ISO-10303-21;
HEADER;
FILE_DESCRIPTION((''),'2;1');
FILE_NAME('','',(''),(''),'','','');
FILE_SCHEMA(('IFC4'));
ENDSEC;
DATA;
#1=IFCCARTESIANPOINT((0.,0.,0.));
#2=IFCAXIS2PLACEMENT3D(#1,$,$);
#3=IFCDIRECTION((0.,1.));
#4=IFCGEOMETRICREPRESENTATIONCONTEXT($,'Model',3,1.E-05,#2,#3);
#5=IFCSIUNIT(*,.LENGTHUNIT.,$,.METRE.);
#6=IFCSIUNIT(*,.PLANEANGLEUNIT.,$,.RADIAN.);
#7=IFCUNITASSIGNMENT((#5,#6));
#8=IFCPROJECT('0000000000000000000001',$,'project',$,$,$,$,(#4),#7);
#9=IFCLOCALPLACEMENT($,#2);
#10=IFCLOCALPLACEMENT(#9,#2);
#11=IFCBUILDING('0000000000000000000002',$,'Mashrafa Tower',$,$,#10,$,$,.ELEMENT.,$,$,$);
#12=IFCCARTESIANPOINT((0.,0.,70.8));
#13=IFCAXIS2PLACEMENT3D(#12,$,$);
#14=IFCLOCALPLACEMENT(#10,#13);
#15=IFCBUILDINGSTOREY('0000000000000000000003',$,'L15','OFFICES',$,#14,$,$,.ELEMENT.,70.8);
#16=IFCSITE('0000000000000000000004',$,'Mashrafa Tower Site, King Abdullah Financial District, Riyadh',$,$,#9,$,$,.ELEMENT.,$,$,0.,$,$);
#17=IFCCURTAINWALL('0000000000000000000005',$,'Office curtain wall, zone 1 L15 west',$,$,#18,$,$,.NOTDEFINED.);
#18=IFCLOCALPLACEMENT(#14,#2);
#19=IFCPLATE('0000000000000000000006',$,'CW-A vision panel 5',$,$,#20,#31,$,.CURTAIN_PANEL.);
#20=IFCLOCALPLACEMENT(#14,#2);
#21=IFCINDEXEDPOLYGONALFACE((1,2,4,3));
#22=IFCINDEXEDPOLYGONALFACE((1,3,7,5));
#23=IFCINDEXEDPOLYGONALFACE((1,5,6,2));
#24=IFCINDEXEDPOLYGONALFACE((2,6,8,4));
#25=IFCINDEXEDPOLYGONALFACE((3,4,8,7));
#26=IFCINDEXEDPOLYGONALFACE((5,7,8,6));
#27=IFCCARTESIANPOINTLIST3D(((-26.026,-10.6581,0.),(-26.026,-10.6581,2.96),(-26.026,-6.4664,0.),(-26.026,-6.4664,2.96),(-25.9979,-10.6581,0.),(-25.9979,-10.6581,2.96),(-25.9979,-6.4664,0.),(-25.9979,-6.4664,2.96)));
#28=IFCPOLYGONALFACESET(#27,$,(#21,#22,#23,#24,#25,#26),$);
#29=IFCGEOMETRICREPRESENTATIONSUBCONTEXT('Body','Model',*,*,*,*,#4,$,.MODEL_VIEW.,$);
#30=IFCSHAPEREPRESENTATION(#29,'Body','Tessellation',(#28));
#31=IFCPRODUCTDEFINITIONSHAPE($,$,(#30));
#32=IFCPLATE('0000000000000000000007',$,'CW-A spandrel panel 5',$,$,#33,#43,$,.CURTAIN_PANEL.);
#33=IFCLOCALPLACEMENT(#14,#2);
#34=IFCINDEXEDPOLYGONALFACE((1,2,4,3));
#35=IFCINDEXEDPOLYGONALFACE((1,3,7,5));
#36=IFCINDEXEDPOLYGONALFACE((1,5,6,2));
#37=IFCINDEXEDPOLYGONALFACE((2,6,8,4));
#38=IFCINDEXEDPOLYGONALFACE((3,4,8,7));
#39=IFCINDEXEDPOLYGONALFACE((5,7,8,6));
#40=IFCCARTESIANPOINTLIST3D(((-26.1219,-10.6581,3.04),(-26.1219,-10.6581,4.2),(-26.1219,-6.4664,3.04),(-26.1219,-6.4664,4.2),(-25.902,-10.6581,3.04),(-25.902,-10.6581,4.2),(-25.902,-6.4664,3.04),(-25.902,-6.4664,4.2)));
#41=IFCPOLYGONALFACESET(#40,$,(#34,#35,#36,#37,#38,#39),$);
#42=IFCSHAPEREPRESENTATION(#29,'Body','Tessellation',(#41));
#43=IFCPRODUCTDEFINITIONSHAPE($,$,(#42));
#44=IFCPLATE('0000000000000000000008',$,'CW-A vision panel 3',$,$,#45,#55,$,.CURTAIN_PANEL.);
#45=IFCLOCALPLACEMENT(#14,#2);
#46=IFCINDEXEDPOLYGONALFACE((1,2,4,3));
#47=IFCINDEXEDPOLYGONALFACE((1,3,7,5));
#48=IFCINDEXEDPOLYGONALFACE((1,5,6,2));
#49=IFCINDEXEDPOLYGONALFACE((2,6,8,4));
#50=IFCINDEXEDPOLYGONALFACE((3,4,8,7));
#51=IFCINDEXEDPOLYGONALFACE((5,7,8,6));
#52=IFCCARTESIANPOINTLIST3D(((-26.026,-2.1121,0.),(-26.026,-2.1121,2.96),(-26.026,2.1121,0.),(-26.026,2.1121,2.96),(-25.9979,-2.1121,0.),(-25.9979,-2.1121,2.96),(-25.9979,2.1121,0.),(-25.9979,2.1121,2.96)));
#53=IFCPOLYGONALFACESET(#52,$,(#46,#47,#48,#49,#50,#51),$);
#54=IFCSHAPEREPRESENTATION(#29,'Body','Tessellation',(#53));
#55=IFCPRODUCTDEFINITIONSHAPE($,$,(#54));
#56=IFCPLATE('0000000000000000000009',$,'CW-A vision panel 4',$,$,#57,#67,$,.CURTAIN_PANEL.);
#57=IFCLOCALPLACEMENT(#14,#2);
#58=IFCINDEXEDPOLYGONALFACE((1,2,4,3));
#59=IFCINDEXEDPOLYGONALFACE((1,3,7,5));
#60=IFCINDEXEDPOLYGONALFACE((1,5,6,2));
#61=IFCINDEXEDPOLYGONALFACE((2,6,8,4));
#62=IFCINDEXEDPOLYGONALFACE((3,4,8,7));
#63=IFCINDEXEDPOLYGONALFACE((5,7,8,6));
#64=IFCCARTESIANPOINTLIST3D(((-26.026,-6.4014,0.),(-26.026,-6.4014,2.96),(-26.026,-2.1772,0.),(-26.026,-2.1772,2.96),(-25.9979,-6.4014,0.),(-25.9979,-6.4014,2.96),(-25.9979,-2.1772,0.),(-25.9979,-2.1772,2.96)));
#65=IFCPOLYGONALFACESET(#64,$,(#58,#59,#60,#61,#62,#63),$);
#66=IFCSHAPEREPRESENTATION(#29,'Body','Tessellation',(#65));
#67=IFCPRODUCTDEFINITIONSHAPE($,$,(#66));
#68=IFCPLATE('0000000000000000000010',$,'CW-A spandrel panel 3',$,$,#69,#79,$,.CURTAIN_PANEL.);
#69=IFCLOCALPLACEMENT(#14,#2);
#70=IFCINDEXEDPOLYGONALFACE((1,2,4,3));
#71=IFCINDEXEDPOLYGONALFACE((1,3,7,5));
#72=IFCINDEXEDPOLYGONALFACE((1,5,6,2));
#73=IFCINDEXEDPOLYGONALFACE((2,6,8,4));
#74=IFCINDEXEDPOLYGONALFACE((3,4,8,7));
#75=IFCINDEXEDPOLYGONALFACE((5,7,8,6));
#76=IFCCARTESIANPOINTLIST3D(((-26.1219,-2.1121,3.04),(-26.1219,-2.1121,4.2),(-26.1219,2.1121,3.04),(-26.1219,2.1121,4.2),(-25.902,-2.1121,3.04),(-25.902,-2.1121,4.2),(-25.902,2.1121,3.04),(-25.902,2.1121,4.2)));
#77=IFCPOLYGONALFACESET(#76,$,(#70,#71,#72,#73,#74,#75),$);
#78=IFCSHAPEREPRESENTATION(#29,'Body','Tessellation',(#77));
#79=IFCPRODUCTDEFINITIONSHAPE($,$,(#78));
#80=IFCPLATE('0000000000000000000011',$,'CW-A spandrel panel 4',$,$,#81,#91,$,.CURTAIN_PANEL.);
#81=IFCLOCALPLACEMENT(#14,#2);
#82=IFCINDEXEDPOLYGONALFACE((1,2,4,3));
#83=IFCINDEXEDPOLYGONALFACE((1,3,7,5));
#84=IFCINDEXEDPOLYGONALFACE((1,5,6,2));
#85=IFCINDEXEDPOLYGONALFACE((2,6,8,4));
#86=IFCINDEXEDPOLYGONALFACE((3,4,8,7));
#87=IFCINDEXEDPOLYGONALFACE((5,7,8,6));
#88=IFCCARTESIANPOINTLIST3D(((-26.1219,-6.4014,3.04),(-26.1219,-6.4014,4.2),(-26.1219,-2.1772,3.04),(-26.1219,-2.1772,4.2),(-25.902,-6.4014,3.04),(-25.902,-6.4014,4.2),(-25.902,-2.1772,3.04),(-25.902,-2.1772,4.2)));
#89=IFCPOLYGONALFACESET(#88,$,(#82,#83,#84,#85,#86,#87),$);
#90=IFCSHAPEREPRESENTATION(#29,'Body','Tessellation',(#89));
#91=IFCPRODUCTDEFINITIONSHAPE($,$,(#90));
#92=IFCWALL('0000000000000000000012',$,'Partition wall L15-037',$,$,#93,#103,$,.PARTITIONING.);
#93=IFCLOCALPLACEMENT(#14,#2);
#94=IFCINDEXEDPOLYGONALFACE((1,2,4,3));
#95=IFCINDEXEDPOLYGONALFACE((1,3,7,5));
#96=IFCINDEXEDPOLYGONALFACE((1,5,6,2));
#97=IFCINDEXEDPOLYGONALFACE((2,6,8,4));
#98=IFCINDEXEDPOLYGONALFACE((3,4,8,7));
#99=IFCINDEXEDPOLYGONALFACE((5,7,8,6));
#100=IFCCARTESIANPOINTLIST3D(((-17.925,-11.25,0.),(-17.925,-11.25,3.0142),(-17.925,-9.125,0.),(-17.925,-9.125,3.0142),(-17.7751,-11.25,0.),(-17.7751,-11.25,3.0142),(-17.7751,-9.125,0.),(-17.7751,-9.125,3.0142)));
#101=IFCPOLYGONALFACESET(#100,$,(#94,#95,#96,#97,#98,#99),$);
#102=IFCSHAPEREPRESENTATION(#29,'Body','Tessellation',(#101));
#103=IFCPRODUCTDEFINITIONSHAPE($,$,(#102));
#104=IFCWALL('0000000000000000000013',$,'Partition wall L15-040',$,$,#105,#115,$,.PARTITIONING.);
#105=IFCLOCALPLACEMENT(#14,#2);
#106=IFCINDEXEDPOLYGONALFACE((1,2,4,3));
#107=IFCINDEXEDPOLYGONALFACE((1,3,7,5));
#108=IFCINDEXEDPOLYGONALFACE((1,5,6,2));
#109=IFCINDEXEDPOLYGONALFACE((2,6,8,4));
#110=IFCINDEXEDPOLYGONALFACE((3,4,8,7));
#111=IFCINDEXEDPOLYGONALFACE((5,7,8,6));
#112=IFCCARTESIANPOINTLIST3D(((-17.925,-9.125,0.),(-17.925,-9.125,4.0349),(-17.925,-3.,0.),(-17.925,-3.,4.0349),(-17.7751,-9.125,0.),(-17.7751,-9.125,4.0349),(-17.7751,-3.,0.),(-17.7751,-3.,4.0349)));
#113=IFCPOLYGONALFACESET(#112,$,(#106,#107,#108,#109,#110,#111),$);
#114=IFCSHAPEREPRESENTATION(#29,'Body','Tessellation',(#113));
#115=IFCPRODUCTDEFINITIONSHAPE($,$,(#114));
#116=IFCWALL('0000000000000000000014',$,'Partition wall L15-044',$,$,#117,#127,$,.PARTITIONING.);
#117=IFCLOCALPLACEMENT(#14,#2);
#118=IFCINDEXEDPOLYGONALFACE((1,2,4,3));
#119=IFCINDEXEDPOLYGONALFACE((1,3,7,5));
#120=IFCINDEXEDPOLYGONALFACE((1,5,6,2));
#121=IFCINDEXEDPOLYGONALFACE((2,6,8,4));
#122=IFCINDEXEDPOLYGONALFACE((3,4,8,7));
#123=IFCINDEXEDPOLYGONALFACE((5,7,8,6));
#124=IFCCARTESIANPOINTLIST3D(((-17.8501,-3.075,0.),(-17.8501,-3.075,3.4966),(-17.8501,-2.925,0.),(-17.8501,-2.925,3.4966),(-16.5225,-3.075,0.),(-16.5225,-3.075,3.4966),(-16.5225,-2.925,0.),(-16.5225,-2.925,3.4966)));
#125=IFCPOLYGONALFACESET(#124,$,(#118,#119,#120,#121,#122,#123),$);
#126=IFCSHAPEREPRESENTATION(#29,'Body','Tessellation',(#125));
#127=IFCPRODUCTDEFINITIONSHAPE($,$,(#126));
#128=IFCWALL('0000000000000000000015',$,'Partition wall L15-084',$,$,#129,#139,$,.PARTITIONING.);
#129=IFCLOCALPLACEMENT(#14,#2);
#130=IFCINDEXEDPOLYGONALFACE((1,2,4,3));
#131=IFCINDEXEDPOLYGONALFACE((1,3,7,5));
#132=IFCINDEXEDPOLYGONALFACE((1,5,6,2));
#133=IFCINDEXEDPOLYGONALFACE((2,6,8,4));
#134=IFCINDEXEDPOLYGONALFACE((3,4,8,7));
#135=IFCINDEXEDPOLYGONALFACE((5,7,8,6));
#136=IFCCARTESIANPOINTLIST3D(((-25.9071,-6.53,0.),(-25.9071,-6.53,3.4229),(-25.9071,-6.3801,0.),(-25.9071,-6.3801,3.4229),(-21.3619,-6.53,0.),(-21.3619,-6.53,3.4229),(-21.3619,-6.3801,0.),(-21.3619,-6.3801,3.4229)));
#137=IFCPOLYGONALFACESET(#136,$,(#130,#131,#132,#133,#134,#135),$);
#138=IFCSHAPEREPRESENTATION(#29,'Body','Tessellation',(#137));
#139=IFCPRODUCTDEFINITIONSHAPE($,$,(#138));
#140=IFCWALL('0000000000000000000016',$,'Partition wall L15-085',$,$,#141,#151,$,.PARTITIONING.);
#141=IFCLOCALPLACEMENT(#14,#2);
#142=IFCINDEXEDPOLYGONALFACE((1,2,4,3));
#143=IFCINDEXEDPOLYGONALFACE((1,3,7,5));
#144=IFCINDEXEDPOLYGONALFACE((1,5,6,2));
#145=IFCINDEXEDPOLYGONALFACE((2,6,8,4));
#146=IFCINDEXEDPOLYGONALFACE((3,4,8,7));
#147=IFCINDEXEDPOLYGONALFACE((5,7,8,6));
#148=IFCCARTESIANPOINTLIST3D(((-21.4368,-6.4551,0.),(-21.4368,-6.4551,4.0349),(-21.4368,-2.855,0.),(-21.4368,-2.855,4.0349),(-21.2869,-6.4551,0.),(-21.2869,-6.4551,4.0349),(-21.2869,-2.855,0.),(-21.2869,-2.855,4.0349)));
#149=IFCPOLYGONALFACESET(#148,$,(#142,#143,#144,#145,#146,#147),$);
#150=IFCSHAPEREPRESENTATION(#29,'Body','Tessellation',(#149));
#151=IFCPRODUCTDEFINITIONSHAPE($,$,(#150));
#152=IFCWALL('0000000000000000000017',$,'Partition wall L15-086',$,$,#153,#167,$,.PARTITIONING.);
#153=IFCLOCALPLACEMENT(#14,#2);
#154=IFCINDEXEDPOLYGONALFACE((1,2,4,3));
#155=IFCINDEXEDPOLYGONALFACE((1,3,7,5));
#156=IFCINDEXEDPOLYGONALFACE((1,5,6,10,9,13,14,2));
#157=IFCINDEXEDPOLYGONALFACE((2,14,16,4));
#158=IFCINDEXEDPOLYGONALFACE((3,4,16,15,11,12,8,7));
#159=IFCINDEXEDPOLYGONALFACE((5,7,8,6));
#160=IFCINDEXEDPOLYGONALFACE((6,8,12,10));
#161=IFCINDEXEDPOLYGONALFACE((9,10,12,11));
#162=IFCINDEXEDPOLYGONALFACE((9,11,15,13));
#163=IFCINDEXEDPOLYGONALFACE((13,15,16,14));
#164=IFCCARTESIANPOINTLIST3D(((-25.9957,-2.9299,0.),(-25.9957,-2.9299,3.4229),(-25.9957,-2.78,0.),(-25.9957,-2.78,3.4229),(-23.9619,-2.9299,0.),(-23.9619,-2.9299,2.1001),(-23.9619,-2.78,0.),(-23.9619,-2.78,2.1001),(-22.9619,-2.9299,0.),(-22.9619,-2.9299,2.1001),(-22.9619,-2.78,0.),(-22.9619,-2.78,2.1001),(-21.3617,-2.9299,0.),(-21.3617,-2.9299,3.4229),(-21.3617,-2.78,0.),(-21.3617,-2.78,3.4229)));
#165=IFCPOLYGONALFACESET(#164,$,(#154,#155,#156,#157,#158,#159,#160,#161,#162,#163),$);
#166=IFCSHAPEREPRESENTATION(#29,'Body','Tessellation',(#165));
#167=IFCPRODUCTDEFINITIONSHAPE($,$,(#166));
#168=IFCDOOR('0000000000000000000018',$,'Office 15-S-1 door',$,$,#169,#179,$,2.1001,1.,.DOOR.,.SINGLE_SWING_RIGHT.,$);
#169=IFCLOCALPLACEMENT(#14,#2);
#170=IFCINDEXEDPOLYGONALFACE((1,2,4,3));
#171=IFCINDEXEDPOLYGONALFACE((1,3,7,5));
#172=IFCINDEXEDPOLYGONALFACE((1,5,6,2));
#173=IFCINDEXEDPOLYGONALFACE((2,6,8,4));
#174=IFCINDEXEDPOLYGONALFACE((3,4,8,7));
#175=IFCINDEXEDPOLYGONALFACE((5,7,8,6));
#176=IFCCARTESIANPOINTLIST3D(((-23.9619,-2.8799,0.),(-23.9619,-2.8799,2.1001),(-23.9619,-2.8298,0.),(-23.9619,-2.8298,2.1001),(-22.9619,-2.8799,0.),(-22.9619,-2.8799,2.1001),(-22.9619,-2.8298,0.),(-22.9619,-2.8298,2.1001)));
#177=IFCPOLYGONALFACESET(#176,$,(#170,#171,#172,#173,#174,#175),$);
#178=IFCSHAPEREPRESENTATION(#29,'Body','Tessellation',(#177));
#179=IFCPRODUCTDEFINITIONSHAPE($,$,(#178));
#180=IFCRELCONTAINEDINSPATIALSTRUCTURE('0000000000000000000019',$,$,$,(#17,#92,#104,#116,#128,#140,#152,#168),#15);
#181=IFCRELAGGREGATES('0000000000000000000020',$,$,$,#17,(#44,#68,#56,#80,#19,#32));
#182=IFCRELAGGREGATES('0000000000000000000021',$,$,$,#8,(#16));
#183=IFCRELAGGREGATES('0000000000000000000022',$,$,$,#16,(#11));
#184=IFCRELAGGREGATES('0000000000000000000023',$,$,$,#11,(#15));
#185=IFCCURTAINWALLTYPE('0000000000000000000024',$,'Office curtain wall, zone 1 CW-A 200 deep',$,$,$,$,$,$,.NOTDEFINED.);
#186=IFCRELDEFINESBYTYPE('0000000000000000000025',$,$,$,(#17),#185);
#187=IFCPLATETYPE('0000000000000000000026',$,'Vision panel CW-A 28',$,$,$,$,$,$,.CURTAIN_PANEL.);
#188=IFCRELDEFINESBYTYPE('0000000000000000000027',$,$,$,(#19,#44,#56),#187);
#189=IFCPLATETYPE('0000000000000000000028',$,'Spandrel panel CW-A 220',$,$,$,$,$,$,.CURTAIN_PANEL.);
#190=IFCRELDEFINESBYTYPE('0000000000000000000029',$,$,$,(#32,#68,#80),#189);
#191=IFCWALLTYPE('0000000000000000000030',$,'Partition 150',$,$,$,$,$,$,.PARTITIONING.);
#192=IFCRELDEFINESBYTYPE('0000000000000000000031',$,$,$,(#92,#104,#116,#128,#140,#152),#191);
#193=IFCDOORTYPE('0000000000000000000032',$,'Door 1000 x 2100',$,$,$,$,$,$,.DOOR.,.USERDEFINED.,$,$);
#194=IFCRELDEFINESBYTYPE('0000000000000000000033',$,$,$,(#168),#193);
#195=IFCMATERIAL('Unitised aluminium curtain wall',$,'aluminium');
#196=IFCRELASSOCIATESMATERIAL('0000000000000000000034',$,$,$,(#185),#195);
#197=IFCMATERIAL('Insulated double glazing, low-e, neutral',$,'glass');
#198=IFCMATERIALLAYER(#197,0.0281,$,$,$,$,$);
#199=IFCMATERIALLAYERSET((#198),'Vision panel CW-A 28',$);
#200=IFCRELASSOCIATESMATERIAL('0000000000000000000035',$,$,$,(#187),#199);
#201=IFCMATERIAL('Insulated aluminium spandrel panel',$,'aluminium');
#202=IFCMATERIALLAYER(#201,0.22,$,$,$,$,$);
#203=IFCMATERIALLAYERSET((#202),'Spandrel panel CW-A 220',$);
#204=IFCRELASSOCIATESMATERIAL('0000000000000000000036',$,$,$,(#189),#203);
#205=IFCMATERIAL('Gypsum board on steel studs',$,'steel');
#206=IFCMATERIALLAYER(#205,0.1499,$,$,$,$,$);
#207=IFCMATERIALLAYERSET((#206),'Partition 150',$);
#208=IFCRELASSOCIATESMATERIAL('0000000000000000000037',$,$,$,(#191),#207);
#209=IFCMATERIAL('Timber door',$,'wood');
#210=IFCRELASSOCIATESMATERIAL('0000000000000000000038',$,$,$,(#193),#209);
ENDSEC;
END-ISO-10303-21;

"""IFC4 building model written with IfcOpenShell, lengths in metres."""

from ifc_helpers import new_model, si_unit, direction, frame, frame_2d, origin, origin_2d, place, context, subcontext, project, spatial, rectangle, extrude, source, transform, mapped, material, layer, layer_set, type_object, type_shapes, element, fill, aggregate, save


model = new_model("IFC4")

# Units and contexts
model_context = context("Model", 3, precision=1e-05, world=origin(), true_north=direction((0.0, 1.0)))
body_context = subcontext(model_context, "Body", "Model", "MODEL_VIEW")
ifc_project = project(units=[si_unit("LENGTHUNIT", "METRE"), si_unit("PLANEANGLEUNIT", "RADIAN")], contexts=[model_context])

# Site, building, storey
site_placement = place(None, origin())
site = spatial("IfcSite", under=ifc_project, at=site_placement, Name="Mashrafa Tower Site, King Abdullah Financial District, Riyadh", CompositionType="ELEMENT", RefElevation=0.0)
building_placement = place(site_placement, origin())
building = spatial("IfcBuilding", under=site, at=building_placement, Name="Mashrafa Tower", CompositionType="ELEMENT")
storey_placement = place(building_placement, frame((0.0, 0.0, 70.8)))
storey = spatial("IfcBuildingStorey", under=building, at=storey_placement, Name="L15", Description="OFFICES", CompositionType="ELEMENT", Elevation=70.8)

# Curtain wall, plates
ifc_material_1 = material(Name="Unitised aluminium curtain wall", Category="aluminium")
curtain_wall_type = type_object("IfcCurtainWallType", Name="Office curtain wall, zone 1 CW-A 200 deep", PredefinedType="NOTDEFINED", material=ifc_material_1)
curtain_wall_placement = place(storey_placement, origin())
curtain_wall = element("IfcCurtainWall", 1, at=curtain_wall_placement, inside=storey, type_object=curtain_wall_type, Name="Office curtain wall, zone 1 L15 west", PredefinedType="NOTDEFINED")
ifc_material_2 = material(Name="Insulated double glazing, low-e, neutral", Category="glass")
ifc_layer_1 = layer(ifc_material_2, 0.0281)
ifc_layer_set_1 = layer_set([ifc_layer_1], Name="Vision panel CW-A 28")
plate_type_1 = type_object("IfcPlateType", Name="Vision panel CW-A 28", PredefinedType="CURTAIN_PANEL", material=ifc_layer_set_1)
shared_shape_1 = source(origin(), body_context, "Body", "SweptSolid", [
    extrude(rectangle(XDim=4.1917, YDim=0.0281, at=origin_2d()), origin(), (0.0, 0.0, 1.0), 2.96),
])
plate_1_placement = place(storey_placement, frame((-26.012, -8.5623, 0.0), z_axis=(0.0, 0.0, 1.0), x_axis=(0.0, -1.0, 0.0)))
plate_1 = element("IfcPlate", 2, at=plate_1_placement, type_object=plate_type_1, Name="CW-A vision panel 5", PredefinedType="CURTAIN_PANEL", context=body_context, shape_type="MappedRepresentation", body=[
    mapped(shared_shape_1, transform((0.0, 0.0, 0.0))),
])
ifc_material_3 = material(Name="Insulated aluminium spandrel panel", Category="aluminium")
ifc_layer_2 = layer(ifc_material_3, 0.22)
ifc_layer_set_2 = layer_set([ifc_layer_2], Name="Spandrel panel CW-A 220")
plate_type_2 = type_object("IfcPlateType", Name="Spandrel panel CW-A 220", PredefinedType="CURTAIN_PANEL", material=ifc_layer_set_2)
shared_shape_2 = source(origin(), body_context, "Body", "SweptSolid", [
    extrude(rectangle(XDim=4.1917, YDim=0.22, at=origin_2d()), origin(), (0.0, 0.0, 1.0), 1.1599),
])
plate_2_placement = place(storey_placement, frame((-26.012, -8.5623, 3.04), z_axis=(0.0, 0.0, 1.0), x_axis=(0.0, -1.0, 0.0)))
plate_2 = element("IfcPlate", 3, at=plate_2_placement, type_object=plate_type_2, Name="CW-A spandrel panel 5", PredefinedType="CURTAIN_PANEL", context=body_context, shape_type="MappedRepresentation", body=[
    mapped(shared_shape_2, transform((0.0, 0.0, 0.0))),
])
shared_shape_3 = source(origin(), body_context, "Body", "SweptSolid", [
    extrude(rectangle(XDim=4.2241, YDim=0.0281, at=origin_2d()), origin(), (0.0, 0.0, 1.0), 2.96),
])
type_shapes(plate_type_1, [shared_shape_1, shared_shape_3])
plate_3_placement = place(storey_placement, frame((-26.012, 0.0, 0.0), z_axis=(0.0, 0.0, 1.0), x_axis=(0.0, -1.0, 0.0)))
plate_3 = element("IfcPlate", 4, at=plate_3_placement, type_object=plate_type_1, Name="CW-A vision panel 3", PredefinedType="CURTAIN_PANEL", context=body_context, shape_type="MappedRepresentation", body=[
    mapped(shared_shape_3, transform((0.0, 0.0, 0.0))),
])
plate_4_placement = place(storey_placement, frame((-26.012, -4.2893, 0.0), z_axis=(0.0, 0.0, 1.0), x_axis=(0.0, -1.0, 0.0)))
plate_4 = element("IfcPlate", 5, at=plate_4_placement, type_object=plate_type_1, Name="CW-A vision panel 4", PredefinedType="CURTAIN_PANEL", context=body_context, shape_type="MappedRepresentation", body=[
    mapped(shared_shape_3, transform((0.0, 0.0, 0.0))),
])
shared_shape_4 = source(origin(), body_context, "Body", "SweptSolid", [
    extrude(rectangle(XDim=4.2241, YDim=0.22, at=origin_2d()), origin(), (0.0, 0.0, 1.0), 1.1599),
])
type_shapes(plate_type_2, [shared_shape_2, shared_shape_4])
plate_5_placement = place(storey_placement, frame((-26.012, 0.0, 3.04), z_axis=(0.0, 0.0, 1.0), x_axis=(0.0, -1.0, 0.0)))
plate_5 = element("IfcPlate", 6, at=plate_5_placement, type_object=plate_type_2, Name="CW-A spandrel panel 3", PredefinedType="CURTAIN_PANEL", context=body_context, shape_type="MappedRepresentation", body=[
    mapped(shared_shape_4, transform((0.0, 0.0, 0.0))),
])
plate_6_placement = place(storey_placement, frame((-26.012, -4.2893, 3.04), z_axis=(0.0, 0.0, 1.0), x_axis=(0.0, -1.0, 0.0)))
plate_6 = element("IfcPlate", 7, at=plate_6_placement, type_object=plate_type_2, Name="CW-A spandrel panel 4", PredefinedType="CURTAIN_PANEL", context=body_context, shape_type="MappedRepresentation", body=[
    mapped(shared_shape_4, transform((0.0, 0.0, 0.0))),
])
aggregate(curtain_wall, [plate_3, plate_5, plate_4, plate_6, plate_1, plate_2])

# Walls
ifc_material_4 = material(Name="Gypsum board on steel studs", Category="steel")
ifc_layer_3 = layer(ifc_material_4, 0.1499)
ifc_layer_set_3 = layer_set([ifc_layer_3], Name="Partition 150")
wall_type = type_object("IfcWallType", Name="Partition 150", PredefinedType="PARTITIONING", material=ifc_layer_set_3)
wall_1_placement = place(storey_placement, frame((-17.8501, -9.125, 0.0), z_axis=(0.0, 0.0, 1.0), x_axis=(0.0, -1.0, 0.0)))
element("IfcWall", 8, at=wall_1_placement, inside=storey, type_object=wall_type, Name="Partition wall L15-037", PredefinedType="PARTITIONING", context=body_context, shape_type="SweptSolid", body=[
    extrude(rectangle(XDim=2.125, YDim=0.1499, at=frame_2d((1.0625, 0.0))), origin(), (0.0, 0.0, 1.0), 3.0142),
])
wall_2_placement = place(storey_placement, frame((-17.8501, -9.125, 0.0), z_axis=(0.0, 0.0, 1.0), x_axis=(0.0, 1.0, 0.0)))
element("IfcWall", 9, at=wall_2_placement, inside=storey, type_object=wall_type, Name="Partition wall L15-040", PredefinedType="PARTITIONING", context=body_context, shape_type="SweptSolid", body=[
    extrude(rectangle(XDim=6.125, YDim=0.1499, at=frame_2d((3.0625, 0.0))), origin(), (0.0, 0.0, 1.0), 4.0349),
])
wall_3_placement = place(storey_placement, frame((-16.5225, -3.0, 0.0), z_axis=(0.0, 0.0, 1.0), x_axis=(-1.0, 0.0, 0.0)))
element("IfcWall", 10, at=wall_3_placement, inside=storey, type_object=wall_type, Name="Partition wall L15-044", PredefinedType="PARTITIONING", context=body_context, shape_type="SweptSolid", body=[
    extrude(rectangle(XDim=1.3276, YDim=0.1499, at=frame_2d((0.6638, 0.0))), origin(), (0.0, 0.0, 1.0), 3.4966),
])
wall_4_placement = place(storey_placement, frame((-25.907, -6.4551, 0.0), z_axis=(0.0, 0.0, 1.0), x_axis=(1.0, 0.0, 0.0)))
element("IfcWall", 11, at=wall_4_placement, inside=storey, type_object=wall_type, Name="Partition wall L15-084", PredefinedType="PARTITIONING", context=body_context, shape_type="SweptSolid", body=[
    extrude(rectangle(XDim=4.5452, YDim=0.1499, at=frame_2d((2.2725, 0.0))), origin(), (0.0, 0.0, 1.0), 3.4229),
])
wall_5_placement = place(storey_placement, frame((-21.3618, -6.4551, 0.0), z_axis=(0.0, 0.0, 1.0), x_axis=(0.0, 1.0, 0.0)))
element("IfcWall", 12, at=wall_5_placement, inside=storey, type_object=wall_type, Name="Partition wall L15-085", PredefinedType="PARTITIONING", context=body_context, shape_type="SweptSolid", body=[
    extrude(rectangle(XDim=3.6001, YDim=0.1499, at=frame_2d((1.8, 0.0))), origin(), (0.0, 0.0, 1.0), 4.0349),
])

# Wall, opening, door
wall_6_placement = place(storey_placement, frame((-21.3618, -2.855, 0.0), z_axis=(0.0, 0.0, 1.0), x_axis=(-1.0, 0.0, 0.0)))
wall_6 = element("IfcWall", 13, at=wall_6_placement, inside=storey, type_object=wall_type, Name="Partition wall L15-086", PredefinedType="PARTITIONING", context=body_context, shape_type="SweptSolid", body=[
    extrude(rectangle(XDim=4.634, YDim=0.1499, at=frame_2d((2.3169, 0.0))), origin(), (0.0, 0.0, 1.0), 3.4229),
])
opening_1_placement = place(wall_6_placement, frame((1.6001, 0.0, 0.0)))
opening_1 = element("IfcOpeningElement", 14, at=opening_1_placement, cuts=wall_6, PredefinedType="OPENING", context=body_context, shape_type="SweptSolid", body=[
    extrude(rectangle(XDim=1.0, YDim=2.1001, at=frame_2d((0.5, 1.05))), frame((0.0, 0.085, 0.0), z_axis=(0.0, -1.0, 0.0), x_axis=(1.0, 0.0, 0.0)), (0.0, 0.0, 1.0), 0.1699),
])
ifc_material_5 = material(Name="Timber door", Category="wood")
door_type = type_object("IfcDoorType", Name="Door 1000 x 2100", OperationType="USERDEFINED", PredefinedType="DOOR", material=ifc_material_5)
door_1_placement = place(opening_1_placement, origin())
door_1 = element("IfcDoor", 15, at=door_1_placement, inside=storey, type_object=door_type, Name="Office 15-S-1 door", OperationType="SINGLE_SWING_RIGHT", OverallHeight=2.1001, OverallWidth=1.0, PredefinedType="DOOR", context=body_context, shape_type="SweptSolid", body=[
    extrude(rectangle(XDim=1.0, YDim=2.1001, at=frame_2d((0.5, 1.05))), frame((0.0, 0.0249, 0.0), z_axis=(0.0, -1.0, 0.0), x_axis=(1.0, 0.0, 0.0)), (0.0, 0.0, 1.0), 0.05),
])
fill(opening_1, door_1)

save(model, "model.ifc")
